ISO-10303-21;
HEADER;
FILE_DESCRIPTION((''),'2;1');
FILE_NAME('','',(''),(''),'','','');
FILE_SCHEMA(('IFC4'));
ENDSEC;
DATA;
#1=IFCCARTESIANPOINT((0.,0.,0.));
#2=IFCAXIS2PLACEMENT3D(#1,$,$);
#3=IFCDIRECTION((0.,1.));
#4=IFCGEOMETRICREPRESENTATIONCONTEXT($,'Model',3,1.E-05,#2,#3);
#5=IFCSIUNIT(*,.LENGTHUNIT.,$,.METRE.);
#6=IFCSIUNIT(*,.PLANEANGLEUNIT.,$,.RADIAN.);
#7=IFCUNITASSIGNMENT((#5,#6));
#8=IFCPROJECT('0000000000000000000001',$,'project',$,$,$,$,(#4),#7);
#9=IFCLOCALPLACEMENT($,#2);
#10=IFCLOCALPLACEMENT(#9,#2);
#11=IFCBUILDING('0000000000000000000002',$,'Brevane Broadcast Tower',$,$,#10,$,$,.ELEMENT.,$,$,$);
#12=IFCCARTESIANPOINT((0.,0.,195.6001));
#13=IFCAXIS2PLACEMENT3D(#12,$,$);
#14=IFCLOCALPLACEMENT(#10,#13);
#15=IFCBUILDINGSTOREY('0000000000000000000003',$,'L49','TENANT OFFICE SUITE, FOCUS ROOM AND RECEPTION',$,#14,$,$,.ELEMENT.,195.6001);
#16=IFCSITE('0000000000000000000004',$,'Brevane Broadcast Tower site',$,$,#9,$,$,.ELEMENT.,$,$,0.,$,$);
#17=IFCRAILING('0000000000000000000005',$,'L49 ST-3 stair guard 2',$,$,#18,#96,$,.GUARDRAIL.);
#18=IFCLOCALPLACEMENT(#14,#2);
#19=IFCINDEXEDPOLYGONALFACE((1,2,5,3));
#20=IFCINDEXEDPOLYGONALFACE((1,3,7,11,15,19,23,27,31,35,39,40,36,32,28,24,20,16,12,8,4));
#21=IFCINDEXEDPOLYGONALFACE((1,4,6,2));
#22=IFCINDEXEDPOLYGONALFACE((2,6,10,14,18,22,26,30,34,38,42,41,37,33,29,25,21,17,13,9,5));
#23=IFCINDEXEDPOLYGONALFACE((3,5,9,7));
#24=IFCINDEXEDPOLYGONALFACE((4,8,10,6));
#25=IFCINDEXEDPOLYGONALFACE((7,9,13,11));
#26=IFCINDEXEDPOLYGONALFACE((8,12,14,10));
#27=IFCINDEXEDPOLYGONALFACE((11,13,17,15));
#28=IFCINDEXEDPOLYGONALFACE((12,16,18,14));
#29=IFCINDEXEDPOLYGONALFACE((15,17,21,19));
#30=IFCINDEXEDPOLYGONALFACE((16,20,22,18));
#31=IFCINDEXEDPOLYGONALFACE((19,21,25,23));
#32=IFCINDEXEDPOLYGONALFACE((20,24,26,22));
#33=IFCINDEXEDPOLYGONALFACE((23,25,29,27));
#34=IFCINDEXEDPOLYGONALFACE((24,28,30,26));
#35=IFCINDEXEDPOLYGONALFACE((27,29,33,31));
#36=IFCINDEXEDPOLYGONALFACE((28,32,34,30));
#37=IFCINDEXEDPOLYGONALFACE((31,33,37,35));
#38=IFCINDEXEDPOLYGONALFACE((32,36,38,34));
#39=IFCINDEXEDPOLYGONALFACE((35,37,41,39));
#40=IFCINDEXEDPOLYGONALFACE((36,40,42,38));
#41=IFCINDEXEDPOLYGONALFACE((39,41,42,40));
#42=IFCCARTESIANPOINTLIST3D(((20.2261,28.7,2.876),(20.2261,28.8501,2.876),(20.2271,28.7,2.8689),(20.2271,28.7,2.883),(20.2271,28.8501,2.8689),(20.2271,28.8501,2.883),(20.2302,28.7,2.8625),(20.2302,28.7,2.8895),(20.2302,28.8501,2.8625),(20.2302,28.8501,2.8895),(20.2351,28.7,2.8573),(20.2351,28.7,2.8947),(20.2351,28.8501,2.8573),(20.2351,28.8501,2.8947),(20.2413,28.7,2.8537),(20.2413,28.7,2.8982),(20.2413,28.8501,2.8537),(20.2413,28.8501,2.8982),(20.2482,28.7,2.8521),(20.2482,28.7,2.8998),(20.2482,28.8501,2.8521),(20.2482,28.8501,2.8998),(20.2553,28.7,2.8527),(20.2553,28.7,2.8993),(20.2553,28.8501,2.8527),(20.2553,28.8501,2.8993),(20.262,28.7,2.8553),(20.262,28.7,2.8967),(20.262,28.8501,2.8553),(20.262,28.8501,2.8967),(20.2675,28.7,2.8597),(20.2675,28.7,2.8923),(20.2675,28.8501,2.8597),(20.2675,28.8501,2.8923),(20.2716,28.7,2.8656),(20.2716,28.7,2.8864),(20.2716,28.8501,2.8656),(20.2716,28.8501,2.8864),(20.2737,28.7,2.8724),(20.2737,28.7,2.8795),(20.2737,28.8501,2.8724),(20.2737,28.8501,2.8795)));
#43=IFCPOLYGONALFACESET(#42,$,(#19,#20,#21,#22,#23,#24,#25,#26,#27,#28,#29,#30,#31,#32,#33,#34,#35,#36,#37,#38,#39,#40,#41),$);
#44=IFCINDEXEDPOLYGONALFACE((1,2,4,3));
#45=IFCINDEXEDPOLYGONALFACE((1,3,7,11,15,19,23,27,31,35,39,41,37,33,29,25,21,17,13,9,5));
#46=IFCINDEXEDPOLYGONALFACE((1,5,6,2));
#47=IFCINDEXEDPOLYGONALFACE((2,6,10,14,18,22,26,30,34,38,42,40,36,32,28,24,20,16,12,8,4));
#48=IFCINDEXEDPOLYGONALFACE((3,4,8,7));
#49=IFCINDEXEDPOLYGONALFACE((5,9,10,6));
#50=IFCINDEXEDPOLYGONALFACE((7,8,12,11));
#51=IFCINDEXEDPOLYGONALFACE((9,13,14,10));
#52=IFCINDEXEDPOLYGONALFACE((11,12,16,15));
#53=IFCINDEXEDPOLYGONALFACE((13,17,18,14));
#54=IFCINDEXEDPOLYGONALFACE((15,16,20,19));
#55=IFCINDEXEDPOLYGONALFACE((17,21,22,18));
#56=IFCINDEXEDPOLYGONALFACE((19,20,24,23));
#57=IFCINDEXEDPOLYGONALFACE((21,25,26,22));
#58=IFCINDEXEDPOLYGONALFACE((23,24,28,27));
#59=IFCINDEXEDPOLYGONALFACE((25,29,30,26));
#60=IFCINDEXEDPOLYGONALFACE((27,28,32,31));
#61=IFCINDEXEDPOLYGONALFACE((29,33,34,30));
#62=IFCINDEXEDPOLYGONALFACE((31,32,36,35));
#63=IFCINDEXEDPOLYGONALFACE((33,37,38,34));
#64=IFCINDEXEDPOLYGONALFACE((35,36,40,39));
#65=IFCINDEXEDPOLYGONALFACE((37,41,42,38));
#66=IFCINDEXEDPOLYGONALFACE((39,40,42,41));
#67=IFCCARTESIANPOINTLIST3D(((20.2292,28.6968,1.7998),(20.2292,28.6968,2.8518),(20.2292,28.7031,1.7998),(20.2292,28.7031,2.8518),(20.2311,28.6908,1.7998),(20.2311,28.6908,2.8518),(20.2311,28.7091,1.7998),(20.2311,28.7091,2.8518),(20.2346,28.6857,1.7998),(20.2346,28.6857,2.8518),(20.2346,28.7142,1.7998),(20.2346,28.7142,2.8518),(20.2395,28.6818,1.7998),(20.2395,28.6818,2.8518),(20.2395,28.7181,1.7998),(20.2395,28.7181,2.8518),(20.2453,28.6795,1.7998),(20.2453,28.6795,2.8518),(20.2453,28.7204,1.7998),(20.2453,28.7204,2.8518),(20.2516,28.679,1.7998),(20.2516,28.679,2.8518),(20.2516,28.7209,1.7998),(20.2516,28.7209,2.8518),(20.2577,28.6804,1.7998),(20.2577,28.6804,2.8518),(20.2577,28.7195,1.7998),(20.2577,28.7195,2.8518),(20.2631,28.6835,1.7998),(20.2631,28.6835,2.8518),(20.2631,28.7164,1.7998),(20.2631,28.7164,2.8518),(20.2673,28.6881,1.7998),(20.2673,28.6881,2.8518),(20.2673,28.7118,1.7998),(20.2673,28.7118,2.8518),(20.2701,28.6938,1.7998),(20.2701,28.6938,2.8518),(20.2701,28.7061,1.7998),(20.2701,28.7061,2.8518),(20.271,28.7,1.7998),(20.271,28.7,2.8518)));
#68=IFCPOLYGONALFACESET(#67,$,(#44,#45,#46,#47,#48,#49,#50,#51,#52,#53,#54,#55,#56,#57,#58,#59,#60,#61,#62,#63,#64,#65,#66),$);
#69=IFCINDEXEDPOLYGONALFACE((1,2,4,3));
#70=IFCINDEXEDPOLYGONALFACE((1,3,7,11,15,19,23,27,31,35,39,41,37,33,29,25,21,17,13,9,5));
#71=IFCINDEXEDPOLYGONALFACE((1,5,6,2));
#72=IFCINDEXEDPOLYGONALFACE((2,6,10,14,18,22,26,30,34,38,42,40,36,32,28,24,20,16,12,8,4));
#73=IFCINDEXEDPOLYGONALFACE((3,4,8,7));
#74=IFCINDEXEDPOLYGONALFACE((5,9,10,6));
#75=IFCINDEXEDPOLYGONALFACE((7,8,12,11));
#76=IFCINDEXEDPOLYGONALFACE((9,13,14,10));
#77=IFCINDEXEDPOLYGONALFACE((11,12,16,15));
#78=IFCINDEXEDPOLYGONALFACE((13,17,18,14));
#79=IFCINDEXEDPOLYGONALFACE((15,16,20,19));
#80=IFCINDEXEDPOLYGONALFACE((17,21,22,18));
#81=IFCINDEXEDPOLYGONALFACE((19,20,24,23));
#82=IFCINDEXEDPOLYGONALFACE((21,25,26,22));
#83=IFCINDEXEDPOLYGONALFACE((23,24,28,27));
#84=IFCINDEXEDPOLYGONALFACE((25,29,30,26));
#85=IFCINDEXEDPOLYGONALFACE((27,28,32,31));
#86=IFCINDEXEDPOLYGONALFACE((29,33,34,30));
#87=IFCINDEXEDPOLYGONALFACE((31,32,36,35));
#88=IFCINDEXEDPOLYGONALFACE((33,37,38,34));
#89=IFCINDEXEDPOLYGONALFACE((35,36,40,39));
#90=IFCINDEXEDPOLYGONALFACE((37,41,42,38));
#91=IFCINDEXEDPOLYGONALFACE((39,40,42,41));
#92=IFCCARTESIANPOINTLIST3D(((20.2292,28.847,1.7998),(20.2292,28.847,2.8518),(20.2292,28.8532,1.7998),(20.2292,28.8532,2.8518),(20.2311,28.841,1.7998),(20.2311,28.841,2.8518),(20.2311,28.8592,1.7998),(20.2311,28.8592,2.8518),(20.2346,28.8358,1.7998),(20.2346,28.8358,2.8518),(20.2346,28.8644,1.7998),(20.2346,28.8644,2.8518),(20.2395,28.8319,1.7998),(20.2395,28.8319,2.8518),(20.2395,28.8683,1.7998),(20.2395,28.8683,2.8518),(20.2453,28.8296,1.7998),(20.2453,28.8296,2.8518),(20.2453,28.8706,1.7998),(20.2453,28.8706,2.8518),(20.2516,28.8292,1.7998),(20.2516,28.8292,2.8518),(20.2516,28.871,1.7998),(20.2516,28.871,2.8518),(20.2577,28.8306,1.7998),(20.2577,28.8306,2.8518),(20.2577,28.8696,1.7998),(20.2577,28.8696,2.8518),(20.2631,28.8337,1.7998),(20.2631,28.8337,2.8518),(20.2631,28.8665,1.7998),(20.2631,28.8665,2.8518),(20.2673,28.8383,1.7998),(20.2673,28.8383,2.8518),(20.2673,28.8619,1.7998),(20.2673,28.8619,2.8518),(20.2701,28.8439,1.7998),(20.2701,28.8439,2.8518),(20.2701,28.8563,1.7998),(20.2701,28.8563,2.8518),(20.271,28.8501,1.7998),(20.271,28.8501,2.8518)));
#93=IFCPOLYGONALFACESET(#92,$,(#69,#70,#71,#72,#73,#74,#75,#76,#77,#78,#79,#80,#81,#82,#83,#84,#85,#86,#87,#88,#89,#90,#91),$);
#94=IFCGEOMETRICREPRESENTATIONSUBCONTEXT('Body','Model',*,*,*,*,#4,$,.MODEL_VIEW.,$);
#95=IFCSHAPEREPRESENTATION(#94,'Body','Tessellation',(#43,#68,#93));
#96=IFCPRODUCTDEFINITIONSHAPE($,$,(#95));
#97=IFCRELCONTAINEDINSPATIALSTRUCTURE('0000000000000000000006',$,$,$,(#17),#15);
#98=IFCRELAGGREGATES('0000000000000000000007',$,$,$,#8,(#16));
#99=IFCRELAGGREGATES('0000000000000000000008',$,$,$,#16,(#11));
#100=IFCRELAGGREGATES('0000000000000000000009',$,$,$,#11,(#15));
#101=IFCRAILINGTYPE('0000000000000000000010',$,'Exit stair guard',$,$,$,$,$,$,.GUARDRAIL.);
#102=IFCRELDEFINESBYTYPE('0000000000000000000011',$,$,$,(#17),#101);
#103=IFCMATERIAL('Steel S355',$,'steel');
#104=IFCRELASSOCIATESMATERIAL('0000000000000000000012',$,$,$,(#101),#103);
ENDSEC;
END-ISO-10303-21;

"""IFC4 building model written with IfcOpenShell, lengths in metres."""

from ifc_helpers import new_model, si_unit, direction, frame, origin, origin_2d, place, context, subcontext, project, spatial, circle, extrude, material, type_object, element, save


model = new_model("IFC4")

# Units and contexts
model_context = context("Model", 3, precision=1e-05, world=origin(), true_north=direction((0.0, 1.0)))
body_context = subcontext(model_context, "Body", "Model", "MODEL_VIEW")
ifc_project = project(units=[si_unit("LENGTHUNIT", "METRE"), si_unit("PLANEANGLEUNIT", "RADIAN")], contexts=[model_context])

# Site, building, storey
site_placement = place(None, origin())
site = spatial("IfcSite", under=ifc_project, at=site_placement, Name="Brevane Broadcast Tower site", CompositionType="ELEMENT", RefElevation=0.0)
building_placement = place(site_placement, origin())
building = spatial("IfcBuilding", under=site, at=building_placement, Name="Brevane Broadcast Tower", CompositionType="ELEMENT")
storey_placement = place(building_placement, frame((0.0, 0.0, 195.6001)))
storey = spatial("IfcBuildingStorey", under=building, at=storey_placement, Name="L49", Description="TENANT OFFICE SUITE, FOCUS ROOM AND RECEPTION", CompositionType="ELEMENT", Elevation=195.6001)

# Railing
ifc_material_1 = material(Name="Steel S355", Category="steel")
railing_type_1 = type_object("IfcRailingType", Name="Exit stair guard", PredefinedType="GUARDRAIL", material=ifc_material_1)
railing_1_placement = place(storey_placement, frame((20.25, 28.7, 1.7998)))
element("IfcRailing", 1, at=railing_1_placement, inside=storey, type_object=railing_type_1, Name="L49 ST-3 stair guard 2", PredefinedType="GUARDRAIL", context=body_context, shape_type="SweptSolid", body=[
    extrude(circle(Radius=0.0239, at=origin_2d()), frame((0.0, 0.0, 1.0762), z_axis=(0.0, 1.0, 0.0), x_axis=(-1.0, 0.0, 0.0)), (0.0, 0.0, 1.0), 0.1501),
    extrude(circle(Radius=0.021, at=origin_2d()), origin(), (0.0, 0.0, 1.0), 1.052),
    extrude(circle(Radius=0.021, at=origin_2d()), frame((0.0, 0.1501, 0.0)), (0.0, 0.0, 1.0), 1.052),
])

save(model, "model.ifc")
